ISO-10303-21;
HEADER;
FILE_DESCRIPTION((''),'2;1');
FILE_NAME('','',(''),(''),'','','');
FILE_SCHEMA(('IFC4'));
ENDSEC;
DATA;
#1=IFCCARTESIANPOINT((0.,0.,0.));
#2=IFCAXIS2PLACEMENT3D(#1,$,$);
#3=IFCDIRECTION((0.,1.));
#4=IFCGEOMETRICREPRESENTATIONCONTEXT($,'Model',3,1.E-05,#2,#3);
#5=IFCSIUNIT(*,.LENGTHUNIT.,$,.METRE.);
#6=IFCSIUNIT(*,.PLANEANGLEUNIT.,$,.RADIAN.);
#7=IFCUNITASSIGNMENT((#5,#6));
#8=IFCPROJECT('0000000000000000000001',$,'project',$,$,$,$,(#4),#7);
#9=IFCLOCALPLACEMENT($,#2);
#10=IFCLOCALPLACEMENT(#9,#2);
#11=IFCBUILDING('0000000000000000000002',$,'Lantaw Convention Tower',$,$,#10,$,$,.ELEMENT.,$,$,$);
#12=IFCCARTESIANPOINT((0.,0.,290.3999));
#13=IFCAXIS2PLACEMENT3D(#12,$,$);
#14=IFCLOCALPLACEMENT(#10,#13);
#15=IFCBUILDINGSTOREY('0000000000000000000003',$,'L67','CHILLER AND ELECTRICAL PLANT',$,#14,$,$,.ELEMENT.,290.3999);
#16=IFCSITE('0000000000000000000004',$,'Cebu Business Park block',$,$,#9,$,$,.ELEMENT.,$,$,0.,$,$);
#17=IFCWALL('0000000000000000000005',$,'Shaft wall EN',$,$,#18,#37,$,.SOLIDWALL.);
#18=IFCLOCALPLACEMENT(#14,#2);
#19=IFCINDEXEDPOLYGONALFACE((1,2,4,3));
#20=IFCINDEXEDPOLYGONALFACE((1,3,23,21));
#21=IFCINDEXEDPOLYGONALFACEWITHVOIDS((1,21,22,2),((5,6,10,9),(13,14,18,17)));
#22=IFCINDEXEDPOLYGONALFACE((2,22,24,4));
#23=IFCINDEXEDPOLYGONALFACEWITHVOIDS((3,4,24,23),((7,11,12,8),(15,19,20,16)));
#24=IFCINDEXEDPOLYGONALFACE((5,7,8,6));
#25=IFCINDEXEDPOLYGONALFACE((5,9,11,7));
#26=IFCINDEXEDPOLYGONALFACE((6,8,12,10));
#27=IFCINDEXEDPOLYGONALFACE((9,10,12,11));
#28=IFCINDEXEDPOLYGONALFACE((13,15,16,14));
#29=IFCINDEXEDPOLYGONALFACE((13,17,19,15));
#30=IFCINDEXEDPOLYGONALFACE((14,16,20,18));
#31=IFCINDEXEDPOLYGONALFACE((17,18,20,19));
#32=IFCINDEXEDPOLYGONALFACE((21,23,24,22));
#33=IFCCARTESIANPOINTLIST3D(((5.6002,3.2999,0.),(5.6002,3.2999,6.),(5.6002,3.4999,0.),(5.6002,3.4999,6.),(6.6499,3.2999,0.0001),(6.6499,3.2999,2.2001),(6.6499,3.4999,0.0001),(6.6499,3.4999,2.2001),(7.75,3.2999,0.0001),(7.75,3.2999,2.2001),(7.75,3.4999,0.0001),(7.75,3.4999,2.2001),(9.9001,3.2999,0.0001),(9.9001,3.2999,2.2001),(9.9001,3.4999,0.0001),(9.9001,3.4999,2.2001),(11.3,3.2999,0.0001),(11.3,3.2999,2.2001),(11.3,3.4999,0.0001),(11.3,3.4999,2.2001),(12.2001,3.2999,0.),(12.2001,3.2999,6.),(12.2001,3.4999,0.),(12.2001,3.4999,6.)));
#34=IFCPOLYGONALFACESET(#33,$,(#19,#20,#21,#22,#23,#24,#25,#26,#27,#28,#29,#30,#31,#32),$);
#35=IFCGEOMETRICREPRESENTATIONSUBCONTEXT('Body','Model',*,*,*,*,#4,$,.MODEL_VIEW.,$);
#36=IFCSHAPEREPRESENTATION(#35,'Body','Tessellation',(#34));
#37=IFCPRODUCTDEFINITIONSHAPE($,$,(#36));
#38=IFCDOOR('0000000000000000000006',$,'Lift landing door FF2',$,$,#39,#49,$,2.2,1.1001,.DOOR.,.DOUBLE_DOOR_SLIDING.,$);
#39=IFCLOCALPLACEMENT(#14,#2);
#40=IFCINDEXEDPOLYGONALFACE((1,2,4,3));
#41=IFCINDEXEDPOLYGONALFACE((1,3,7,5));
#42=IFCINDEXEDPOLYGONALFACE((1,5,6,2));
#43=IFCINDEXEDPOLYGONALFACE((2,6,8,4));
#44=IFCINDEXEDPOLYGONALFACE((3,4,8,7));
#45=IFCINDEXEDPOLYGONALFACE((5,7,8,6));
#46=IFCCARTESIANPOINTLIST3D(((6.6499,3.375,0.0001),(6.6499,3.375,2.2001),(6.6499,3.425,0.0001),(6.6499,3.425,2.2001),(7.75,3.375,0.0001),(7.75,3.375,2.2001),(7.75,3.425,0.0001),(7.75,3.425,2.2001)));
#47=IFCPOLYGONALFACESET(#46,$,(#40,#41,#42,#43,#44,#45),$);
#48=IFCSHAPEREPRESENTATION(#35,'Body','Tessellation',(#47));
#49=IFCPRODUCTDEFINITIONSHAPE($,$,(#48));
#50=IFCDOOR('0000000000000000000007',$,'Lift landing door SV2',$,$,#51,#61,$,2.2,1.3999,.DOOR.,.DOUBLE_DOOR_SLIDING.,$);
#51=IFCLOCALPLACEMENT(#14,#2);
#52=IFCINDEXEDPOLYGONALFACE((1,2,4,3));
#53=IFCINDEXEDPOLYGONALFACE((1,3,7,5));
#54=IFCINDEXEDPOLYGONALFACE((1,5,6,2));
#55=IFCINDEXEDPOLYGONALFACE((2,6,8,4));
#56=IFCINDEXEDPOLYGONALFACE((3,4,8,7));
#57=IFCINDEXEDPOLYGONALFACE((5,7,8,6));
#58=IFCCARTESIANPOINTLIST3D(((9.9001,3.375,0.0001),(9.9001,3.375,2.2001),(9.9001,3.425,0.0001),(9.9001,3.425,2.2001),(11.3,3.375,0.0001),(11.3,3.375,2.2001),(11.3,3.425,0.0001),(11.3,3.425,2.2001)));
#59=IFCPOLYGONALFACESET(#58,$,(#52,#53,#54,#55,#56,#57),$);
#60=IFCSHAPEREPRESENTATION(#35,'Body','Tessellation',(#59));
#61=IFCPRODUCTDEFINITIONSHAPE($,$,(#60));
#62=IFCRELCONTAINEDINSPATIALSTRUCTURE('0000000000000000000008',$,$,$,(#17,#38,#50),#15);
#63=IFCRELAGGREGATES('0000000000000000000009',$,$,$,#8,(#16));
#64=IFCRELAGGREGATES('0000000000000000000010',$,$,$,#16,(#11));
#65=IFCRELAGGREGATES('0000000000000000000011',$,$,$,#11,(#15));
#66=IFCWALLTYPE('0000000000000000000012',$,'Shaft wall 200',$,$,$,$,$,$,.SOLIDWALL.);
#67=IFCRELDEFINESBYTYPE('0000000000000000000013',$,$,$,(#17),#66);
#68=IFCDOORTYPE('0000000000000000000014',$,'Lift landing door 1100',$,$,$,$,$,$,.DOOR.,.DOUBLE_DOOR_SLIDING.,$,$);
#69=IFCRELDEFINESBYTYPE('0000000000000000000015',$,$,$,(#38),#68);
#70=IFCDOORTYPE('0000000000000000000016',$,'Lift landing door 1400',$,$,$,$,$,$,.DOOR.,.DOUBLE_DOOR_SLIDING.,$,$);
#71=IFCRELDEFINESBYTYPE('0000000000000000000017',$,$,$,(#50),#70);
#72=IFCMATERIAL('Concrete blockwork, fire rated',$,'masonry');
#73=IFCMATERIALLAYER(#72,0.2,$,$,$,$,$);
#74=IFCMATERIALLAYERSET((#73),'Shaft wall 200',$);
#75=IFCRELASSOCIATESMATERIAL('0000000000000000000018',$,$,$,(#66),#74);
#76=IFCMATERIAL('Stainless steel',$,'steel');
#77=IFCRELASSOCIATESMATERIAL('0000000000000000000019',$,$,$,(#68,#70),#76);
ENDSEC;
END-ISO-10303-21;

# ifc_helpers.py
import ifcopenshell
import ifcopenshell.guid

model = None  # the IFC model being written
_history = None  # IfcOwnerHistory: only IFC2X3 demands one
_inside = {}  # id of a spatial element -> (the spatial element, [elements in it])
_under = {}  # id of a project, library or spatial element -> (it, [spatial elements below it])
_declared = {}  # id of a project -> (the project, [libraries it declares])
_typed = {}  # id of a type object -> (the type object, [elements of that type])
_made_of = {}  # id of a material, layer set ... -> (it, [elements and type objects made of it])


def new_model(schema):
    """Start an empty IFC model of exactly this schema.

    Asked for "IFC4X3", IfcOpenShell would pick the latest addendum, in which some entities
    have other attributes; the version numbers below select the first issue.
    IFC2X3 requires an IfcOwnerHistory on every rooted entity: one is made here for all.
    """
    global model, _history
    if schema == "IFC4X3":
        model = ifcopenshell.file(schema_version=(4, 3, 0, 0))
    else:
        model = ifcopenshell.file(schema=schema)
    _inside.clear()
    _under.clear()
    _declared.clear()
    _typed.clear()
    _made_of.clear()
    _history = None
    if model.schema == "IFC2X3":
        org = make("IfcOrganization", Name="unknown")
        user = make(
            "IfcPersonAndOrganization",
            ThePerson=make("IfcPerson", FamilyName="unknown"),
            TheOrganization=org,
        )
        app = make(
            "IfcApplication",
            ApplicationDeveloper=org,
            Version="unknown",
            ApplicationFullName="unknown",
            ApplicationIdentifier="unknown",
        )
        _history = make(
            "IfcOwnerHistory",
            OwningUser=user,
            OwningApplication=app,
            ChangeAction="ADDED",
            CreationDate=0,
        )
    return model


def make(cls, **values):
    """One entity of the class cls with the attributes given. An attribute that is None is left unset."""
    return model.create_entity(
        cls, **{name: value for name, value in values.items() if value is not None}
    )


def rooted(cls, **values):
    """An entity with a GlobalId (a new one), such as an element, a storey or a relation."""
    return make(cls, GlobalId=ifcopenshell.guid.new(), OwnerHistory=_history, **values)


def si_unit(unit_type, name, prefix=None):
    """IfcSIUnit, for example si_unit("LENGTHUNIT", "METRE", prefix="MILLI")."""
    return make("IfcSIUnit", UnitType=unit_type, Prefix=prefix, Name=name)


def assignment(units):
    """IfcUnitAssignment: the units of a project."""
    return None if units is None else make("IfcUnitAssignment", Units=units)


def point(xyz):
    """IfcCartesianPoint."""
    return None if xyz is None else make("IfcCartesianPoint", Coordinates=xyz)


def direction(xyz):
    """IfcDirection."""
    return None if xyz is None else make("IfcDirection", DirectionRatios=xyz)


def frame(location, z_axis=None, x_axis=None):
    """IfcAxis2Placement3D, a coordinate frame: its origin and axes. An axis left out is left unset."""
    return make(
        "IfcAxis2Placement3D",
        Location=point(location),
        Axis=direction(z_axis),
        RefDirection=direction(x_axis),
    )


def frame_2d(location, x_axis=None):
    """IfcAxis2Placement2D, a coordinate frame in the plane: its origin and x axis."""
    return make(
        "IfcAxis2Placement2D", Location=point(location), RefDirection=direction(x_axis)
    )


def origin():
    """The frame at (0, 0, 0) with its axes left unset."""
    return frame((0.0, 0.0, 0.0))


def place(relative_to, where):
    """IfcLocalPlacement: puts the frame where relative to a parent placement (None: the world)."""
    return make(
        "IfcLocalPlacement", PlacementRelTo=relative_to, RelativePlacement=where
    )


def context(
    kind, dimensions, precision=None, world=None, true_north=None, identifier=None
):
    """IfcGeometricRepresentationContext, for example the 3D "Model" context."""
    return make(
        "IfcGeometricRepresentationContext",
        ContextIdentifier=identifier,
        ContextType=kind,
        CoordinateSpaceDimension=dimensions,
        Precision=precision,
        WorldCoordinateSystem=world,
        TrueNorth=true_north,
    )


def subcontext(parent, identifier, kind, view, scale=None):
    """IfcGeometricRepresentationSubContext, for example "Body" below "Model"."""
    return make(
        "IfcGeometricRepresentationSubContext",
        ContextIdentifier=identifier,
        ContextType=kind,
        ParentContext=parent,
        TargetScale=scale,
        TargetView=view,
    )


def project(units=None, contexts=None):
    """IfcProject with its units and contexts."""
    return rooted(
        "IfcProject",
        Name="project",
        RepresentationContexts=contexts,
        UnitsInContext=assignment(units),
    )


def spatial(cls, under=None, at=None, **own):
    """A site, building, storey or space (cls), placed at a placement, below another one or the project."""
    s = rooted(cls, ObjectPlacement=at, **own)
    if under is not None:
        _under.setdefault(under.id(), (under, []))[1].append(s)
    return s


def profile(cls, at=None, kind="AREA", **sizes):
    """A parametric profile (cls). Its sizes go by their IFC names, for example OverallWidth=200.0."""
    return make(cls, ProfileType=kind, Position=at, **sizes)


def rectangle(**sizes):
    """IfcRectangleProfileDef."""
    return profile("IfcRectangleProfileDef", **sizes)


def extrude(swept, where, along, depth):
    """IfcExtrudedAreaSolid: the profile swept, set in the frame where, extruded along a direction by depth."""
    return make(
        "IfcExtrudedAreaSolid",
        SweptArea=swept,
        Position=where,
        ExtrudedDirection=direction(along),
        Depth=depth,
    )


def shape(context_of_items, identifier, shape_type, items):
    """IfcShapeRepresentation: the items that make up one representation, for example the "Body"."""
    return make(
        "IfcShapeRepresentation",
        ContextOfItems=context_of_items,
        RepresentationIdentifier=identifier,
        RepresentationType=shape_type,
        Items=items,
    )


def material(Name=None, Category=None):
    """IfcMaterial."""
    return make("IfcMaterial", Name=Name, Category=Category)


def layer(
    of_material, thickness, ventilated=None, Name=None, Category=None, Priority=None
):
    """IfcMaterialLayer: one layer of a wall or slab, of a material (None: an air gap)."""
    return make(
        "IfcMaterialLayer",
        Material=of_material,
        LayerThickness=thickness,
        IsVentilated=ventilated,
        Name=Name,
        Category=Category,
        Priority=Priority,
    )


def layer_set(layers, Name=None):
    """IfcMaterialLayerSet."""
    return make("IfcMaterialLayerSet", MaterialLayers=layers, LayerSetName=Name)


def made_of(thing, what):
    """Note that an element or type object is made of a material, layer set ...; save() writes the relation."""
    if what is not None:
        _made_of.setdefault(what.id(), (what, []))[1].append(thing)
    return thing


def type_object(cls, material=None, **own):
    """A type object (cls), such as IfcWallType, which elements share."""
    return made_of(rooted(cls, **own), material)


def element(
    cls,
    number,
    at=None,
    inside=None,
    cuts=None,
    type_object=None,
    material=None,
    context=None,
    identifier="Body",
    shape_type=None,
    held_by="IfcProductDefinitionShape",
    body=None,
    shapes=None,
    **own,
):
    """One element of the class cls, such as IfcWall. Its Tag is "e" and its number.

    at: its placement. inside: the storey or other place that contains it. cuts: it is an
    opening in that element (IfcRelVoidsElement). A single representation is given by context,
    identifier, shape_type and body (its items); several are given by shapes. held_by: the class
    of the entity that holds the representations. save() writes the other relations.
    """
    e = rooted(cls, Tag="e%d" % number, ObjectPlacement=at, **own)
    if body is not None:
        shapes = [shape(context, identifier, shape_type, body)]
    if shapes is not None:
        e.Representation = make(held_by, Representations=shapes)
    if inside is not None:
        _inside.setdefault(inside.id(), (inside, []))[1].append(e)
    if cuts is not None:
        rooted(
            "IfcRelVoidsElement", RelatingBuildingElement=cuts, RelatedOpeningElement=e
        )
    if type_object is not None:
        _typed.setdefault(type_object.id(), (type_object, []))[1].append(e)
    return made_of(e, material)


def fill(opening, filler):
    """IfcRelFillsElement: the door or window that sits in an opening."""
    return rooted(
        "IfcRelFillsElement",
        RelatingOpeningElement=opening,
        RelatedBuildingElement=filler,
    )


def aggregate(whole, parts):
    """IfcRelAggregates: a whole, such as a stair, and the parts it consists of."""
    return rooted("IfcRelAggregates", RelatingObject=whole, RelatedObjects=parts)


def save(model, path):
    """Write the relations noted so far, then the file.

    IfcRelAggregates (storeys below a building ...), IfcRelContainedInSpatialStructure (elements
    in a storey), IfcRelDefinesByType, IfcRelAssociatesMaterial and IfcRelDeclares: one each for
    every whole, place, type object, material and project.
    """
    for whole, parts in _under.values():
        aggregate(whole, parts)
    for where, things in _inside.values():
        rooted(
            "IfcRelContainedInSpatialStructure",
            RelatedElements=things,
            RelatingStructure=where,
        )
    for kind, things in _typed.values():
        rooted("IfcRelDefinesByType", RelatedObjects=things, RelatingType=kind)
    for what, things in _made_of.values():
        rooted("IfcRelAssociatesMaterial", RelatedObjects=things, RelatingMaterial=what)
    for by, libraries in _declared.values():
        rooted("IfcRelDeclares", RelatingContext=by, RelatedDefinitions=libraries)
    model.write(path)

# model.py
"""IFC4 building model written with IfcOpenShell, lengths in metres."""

from ifc_helpers import new_model, si_unit, direction, frame, frame_2d, origin, place, context, subcontext, project, spatial, rectangle, extrude, material, layer, layer_set, type_object, element, fill, save


model = new_model("IFC4")

# Units and contexts
model_context = context("Model", 3, precision=1e-05, world=origin(), true_north=direction((0.0, 1.0)))
body_context = subcontext(model_context, "Body", "Model", "MODEL_VIEW")
ifc_project = project(units=[si_unit("LENGTHUNIT", "METRE"), si_unit("PLANEANGLEUNIT", "RADIAN")], contexts=[model_context])

# Site, building, storey
site_placement = place(None, origin())
site = spatial("IfcSite", under=ifc_project, at=site_placement, Name="Cebu Business Park block", CompositionType="ELEMENT", RefElevation=0.0)
building_placement = place(site_placement, origin())
building = spatial("IfcBuilding", under=site, at=building_placement, Name="Lantaw Convention Tower", CompositionType="ELEMENT")
storey_placement = place(building_placement, frame((0.0, 0.0, 290.3999)))
storey = spatial("IfcBuildingStorey", under=building, at=storey_placement, Name="L67", Description="CHILLER AND ELECTRICAL PLANT", CompositionType="ELEMENT", Elevation=290.3999)

# Shared definitions
ifc_material_1 = material(Name="Concrete blockwork, fire rated", Category="masonry")

# Wall, openings, doors
ifc_layer_1 = layer(ifc_material_1, 0.2)
ifc_layer_set_1 = layer_set([ifc_layer_1], Name="Shaft wall 200")
wall_type_1 = type_object("IfcWallType", Name="Shaft wall 200", PredefinedType="SOLIDWALL", material=ifc_layer_set_1)
wall_1_placement = place(storey_placement, frame((12.2, 3.3999, 0.0), z_axis=(0.0, 0.0, 1.0), x_axis=(-1.0, 0.0, 0.0)))
wall_1 = element("IfcWall", 1, at=wall_1_placement, inside=storey, type_object=wall_type_1, Name="Shaft wall EN", PredefinedType="SOLIDWALL", context=body_context, shape_type="SweptSolid", body=[
    extrude(rectangle(XDim=6.5999, YDim=0.2, at=frame_2d((3.2998, 0.0))), origin(), (0.0, 0.0, 1.0), 6.0),
])
opening_1_placement = place(wall_1_placement, frame((4.45, 0.0, 0.0)))
opening_1 = element("IfcOpeningElement", 2, at=opening_1_placement, cuts=wall_1, PredefinedType="OPENING", context=body_context, shape_type="SweptSolid", body=[
    extrude(rectangle(XDim=1.1001, YDim=2.2, at=frame_2d((0.55, 1.1001))), frame((0.0, 0.1099, 0.0), z_axis=(0.0, -1.0, 0.0), x_axis=(1.0, 0.0, 0.0)), (0.0, 0.0, 1.0), 0.22),
])
opening_2_placement = place(wall_1_placement, frame((0.8999, 0.0, 0.0)))
opening_2 = element("IfcOpeningElement", 3, at=opening_2_placement, cuts=wall_1, PredefinedType="OPENING", context=body_context, shape_type="SweptSolid", body=[
    extrude(rectangle(XDim=1.3999, YDim=2.2, at=frame_2d((0.7, 1.1001))), frame((0.0, 0.1099, 0.0), z_axis=(0.0, -1.0, 0.0), x_axis=(1.0, 0.0, 0.0)), (0.0, 0.0, 1.0), 0.22),
])
ifc_material_2 = material(Name="Stainless steel", Category="steel")
door_type_1 = type_object("IfcDoorType", Name="Lift landing door 1100", OperationType="DOUBLE_DOOR_SLIDING", PredefinedType="DOOR", material=ifc_material_2)
door_1_placement = place(opening_1_placement, origin())
door_1 = element("IfcDoor", 4, at=door_1_placement, inside=storey, type_object=door_type_1, Name="Lift landing door FF2", OperationType="DOUBLE_DOOR_SLIDING", OverallHeight=2.2, OverallWidth=1.1001, PredefinedType="DOOR", context=body_context, shape_type="SweptSolid", body=[
    extrude(rectangle(XDim=1.1001, YDim=2.2, at=frame_2d((0.55, 1.1001))), frame((0.0, 0.0249, 0.0), z_axis=(0.0, -1.0, 0.0), x_axis=(1.0, 0.0, 0.0)), (0.0, 0.0, 1.0), 0.05),
])
fill(opening_1, door_1)
door_type_2 = type_object("IfcDoorType", Name="Lift landing door 1400", OperationType="DOUBLE_DOOR_SLIDING", PredefinedType="DOOR", material=ifc_material_2)
door_2_placement = place(opening_2_placement, origin())
door_2 = element("IfcDoor", 5, at=door_2_placement, inside=storey, type_object=door_type_2, Name="Lift landing door SV2", OperationType="DOUBLE_DOOR_SLIDING", OverallHeight=2.2, OverallWidth=1.3999, PredefinedType="DOOR", context=body_context, shape_type="SweptSolid", body=[
    extrude(rectangle(XDim=1.3999, YDim=2.2, at=frame_2d((0.7, 1.1001))), frame((0.0, 0.0249, 0.0), z_axis=(0.0, -1.0, 0.0), x_axis=(1.0, 0.0, 0.0)), (0.0, 0.0, 1.0), 0.05),
])
fill(opening_2, door_2)

save(model, "model.ifc")
